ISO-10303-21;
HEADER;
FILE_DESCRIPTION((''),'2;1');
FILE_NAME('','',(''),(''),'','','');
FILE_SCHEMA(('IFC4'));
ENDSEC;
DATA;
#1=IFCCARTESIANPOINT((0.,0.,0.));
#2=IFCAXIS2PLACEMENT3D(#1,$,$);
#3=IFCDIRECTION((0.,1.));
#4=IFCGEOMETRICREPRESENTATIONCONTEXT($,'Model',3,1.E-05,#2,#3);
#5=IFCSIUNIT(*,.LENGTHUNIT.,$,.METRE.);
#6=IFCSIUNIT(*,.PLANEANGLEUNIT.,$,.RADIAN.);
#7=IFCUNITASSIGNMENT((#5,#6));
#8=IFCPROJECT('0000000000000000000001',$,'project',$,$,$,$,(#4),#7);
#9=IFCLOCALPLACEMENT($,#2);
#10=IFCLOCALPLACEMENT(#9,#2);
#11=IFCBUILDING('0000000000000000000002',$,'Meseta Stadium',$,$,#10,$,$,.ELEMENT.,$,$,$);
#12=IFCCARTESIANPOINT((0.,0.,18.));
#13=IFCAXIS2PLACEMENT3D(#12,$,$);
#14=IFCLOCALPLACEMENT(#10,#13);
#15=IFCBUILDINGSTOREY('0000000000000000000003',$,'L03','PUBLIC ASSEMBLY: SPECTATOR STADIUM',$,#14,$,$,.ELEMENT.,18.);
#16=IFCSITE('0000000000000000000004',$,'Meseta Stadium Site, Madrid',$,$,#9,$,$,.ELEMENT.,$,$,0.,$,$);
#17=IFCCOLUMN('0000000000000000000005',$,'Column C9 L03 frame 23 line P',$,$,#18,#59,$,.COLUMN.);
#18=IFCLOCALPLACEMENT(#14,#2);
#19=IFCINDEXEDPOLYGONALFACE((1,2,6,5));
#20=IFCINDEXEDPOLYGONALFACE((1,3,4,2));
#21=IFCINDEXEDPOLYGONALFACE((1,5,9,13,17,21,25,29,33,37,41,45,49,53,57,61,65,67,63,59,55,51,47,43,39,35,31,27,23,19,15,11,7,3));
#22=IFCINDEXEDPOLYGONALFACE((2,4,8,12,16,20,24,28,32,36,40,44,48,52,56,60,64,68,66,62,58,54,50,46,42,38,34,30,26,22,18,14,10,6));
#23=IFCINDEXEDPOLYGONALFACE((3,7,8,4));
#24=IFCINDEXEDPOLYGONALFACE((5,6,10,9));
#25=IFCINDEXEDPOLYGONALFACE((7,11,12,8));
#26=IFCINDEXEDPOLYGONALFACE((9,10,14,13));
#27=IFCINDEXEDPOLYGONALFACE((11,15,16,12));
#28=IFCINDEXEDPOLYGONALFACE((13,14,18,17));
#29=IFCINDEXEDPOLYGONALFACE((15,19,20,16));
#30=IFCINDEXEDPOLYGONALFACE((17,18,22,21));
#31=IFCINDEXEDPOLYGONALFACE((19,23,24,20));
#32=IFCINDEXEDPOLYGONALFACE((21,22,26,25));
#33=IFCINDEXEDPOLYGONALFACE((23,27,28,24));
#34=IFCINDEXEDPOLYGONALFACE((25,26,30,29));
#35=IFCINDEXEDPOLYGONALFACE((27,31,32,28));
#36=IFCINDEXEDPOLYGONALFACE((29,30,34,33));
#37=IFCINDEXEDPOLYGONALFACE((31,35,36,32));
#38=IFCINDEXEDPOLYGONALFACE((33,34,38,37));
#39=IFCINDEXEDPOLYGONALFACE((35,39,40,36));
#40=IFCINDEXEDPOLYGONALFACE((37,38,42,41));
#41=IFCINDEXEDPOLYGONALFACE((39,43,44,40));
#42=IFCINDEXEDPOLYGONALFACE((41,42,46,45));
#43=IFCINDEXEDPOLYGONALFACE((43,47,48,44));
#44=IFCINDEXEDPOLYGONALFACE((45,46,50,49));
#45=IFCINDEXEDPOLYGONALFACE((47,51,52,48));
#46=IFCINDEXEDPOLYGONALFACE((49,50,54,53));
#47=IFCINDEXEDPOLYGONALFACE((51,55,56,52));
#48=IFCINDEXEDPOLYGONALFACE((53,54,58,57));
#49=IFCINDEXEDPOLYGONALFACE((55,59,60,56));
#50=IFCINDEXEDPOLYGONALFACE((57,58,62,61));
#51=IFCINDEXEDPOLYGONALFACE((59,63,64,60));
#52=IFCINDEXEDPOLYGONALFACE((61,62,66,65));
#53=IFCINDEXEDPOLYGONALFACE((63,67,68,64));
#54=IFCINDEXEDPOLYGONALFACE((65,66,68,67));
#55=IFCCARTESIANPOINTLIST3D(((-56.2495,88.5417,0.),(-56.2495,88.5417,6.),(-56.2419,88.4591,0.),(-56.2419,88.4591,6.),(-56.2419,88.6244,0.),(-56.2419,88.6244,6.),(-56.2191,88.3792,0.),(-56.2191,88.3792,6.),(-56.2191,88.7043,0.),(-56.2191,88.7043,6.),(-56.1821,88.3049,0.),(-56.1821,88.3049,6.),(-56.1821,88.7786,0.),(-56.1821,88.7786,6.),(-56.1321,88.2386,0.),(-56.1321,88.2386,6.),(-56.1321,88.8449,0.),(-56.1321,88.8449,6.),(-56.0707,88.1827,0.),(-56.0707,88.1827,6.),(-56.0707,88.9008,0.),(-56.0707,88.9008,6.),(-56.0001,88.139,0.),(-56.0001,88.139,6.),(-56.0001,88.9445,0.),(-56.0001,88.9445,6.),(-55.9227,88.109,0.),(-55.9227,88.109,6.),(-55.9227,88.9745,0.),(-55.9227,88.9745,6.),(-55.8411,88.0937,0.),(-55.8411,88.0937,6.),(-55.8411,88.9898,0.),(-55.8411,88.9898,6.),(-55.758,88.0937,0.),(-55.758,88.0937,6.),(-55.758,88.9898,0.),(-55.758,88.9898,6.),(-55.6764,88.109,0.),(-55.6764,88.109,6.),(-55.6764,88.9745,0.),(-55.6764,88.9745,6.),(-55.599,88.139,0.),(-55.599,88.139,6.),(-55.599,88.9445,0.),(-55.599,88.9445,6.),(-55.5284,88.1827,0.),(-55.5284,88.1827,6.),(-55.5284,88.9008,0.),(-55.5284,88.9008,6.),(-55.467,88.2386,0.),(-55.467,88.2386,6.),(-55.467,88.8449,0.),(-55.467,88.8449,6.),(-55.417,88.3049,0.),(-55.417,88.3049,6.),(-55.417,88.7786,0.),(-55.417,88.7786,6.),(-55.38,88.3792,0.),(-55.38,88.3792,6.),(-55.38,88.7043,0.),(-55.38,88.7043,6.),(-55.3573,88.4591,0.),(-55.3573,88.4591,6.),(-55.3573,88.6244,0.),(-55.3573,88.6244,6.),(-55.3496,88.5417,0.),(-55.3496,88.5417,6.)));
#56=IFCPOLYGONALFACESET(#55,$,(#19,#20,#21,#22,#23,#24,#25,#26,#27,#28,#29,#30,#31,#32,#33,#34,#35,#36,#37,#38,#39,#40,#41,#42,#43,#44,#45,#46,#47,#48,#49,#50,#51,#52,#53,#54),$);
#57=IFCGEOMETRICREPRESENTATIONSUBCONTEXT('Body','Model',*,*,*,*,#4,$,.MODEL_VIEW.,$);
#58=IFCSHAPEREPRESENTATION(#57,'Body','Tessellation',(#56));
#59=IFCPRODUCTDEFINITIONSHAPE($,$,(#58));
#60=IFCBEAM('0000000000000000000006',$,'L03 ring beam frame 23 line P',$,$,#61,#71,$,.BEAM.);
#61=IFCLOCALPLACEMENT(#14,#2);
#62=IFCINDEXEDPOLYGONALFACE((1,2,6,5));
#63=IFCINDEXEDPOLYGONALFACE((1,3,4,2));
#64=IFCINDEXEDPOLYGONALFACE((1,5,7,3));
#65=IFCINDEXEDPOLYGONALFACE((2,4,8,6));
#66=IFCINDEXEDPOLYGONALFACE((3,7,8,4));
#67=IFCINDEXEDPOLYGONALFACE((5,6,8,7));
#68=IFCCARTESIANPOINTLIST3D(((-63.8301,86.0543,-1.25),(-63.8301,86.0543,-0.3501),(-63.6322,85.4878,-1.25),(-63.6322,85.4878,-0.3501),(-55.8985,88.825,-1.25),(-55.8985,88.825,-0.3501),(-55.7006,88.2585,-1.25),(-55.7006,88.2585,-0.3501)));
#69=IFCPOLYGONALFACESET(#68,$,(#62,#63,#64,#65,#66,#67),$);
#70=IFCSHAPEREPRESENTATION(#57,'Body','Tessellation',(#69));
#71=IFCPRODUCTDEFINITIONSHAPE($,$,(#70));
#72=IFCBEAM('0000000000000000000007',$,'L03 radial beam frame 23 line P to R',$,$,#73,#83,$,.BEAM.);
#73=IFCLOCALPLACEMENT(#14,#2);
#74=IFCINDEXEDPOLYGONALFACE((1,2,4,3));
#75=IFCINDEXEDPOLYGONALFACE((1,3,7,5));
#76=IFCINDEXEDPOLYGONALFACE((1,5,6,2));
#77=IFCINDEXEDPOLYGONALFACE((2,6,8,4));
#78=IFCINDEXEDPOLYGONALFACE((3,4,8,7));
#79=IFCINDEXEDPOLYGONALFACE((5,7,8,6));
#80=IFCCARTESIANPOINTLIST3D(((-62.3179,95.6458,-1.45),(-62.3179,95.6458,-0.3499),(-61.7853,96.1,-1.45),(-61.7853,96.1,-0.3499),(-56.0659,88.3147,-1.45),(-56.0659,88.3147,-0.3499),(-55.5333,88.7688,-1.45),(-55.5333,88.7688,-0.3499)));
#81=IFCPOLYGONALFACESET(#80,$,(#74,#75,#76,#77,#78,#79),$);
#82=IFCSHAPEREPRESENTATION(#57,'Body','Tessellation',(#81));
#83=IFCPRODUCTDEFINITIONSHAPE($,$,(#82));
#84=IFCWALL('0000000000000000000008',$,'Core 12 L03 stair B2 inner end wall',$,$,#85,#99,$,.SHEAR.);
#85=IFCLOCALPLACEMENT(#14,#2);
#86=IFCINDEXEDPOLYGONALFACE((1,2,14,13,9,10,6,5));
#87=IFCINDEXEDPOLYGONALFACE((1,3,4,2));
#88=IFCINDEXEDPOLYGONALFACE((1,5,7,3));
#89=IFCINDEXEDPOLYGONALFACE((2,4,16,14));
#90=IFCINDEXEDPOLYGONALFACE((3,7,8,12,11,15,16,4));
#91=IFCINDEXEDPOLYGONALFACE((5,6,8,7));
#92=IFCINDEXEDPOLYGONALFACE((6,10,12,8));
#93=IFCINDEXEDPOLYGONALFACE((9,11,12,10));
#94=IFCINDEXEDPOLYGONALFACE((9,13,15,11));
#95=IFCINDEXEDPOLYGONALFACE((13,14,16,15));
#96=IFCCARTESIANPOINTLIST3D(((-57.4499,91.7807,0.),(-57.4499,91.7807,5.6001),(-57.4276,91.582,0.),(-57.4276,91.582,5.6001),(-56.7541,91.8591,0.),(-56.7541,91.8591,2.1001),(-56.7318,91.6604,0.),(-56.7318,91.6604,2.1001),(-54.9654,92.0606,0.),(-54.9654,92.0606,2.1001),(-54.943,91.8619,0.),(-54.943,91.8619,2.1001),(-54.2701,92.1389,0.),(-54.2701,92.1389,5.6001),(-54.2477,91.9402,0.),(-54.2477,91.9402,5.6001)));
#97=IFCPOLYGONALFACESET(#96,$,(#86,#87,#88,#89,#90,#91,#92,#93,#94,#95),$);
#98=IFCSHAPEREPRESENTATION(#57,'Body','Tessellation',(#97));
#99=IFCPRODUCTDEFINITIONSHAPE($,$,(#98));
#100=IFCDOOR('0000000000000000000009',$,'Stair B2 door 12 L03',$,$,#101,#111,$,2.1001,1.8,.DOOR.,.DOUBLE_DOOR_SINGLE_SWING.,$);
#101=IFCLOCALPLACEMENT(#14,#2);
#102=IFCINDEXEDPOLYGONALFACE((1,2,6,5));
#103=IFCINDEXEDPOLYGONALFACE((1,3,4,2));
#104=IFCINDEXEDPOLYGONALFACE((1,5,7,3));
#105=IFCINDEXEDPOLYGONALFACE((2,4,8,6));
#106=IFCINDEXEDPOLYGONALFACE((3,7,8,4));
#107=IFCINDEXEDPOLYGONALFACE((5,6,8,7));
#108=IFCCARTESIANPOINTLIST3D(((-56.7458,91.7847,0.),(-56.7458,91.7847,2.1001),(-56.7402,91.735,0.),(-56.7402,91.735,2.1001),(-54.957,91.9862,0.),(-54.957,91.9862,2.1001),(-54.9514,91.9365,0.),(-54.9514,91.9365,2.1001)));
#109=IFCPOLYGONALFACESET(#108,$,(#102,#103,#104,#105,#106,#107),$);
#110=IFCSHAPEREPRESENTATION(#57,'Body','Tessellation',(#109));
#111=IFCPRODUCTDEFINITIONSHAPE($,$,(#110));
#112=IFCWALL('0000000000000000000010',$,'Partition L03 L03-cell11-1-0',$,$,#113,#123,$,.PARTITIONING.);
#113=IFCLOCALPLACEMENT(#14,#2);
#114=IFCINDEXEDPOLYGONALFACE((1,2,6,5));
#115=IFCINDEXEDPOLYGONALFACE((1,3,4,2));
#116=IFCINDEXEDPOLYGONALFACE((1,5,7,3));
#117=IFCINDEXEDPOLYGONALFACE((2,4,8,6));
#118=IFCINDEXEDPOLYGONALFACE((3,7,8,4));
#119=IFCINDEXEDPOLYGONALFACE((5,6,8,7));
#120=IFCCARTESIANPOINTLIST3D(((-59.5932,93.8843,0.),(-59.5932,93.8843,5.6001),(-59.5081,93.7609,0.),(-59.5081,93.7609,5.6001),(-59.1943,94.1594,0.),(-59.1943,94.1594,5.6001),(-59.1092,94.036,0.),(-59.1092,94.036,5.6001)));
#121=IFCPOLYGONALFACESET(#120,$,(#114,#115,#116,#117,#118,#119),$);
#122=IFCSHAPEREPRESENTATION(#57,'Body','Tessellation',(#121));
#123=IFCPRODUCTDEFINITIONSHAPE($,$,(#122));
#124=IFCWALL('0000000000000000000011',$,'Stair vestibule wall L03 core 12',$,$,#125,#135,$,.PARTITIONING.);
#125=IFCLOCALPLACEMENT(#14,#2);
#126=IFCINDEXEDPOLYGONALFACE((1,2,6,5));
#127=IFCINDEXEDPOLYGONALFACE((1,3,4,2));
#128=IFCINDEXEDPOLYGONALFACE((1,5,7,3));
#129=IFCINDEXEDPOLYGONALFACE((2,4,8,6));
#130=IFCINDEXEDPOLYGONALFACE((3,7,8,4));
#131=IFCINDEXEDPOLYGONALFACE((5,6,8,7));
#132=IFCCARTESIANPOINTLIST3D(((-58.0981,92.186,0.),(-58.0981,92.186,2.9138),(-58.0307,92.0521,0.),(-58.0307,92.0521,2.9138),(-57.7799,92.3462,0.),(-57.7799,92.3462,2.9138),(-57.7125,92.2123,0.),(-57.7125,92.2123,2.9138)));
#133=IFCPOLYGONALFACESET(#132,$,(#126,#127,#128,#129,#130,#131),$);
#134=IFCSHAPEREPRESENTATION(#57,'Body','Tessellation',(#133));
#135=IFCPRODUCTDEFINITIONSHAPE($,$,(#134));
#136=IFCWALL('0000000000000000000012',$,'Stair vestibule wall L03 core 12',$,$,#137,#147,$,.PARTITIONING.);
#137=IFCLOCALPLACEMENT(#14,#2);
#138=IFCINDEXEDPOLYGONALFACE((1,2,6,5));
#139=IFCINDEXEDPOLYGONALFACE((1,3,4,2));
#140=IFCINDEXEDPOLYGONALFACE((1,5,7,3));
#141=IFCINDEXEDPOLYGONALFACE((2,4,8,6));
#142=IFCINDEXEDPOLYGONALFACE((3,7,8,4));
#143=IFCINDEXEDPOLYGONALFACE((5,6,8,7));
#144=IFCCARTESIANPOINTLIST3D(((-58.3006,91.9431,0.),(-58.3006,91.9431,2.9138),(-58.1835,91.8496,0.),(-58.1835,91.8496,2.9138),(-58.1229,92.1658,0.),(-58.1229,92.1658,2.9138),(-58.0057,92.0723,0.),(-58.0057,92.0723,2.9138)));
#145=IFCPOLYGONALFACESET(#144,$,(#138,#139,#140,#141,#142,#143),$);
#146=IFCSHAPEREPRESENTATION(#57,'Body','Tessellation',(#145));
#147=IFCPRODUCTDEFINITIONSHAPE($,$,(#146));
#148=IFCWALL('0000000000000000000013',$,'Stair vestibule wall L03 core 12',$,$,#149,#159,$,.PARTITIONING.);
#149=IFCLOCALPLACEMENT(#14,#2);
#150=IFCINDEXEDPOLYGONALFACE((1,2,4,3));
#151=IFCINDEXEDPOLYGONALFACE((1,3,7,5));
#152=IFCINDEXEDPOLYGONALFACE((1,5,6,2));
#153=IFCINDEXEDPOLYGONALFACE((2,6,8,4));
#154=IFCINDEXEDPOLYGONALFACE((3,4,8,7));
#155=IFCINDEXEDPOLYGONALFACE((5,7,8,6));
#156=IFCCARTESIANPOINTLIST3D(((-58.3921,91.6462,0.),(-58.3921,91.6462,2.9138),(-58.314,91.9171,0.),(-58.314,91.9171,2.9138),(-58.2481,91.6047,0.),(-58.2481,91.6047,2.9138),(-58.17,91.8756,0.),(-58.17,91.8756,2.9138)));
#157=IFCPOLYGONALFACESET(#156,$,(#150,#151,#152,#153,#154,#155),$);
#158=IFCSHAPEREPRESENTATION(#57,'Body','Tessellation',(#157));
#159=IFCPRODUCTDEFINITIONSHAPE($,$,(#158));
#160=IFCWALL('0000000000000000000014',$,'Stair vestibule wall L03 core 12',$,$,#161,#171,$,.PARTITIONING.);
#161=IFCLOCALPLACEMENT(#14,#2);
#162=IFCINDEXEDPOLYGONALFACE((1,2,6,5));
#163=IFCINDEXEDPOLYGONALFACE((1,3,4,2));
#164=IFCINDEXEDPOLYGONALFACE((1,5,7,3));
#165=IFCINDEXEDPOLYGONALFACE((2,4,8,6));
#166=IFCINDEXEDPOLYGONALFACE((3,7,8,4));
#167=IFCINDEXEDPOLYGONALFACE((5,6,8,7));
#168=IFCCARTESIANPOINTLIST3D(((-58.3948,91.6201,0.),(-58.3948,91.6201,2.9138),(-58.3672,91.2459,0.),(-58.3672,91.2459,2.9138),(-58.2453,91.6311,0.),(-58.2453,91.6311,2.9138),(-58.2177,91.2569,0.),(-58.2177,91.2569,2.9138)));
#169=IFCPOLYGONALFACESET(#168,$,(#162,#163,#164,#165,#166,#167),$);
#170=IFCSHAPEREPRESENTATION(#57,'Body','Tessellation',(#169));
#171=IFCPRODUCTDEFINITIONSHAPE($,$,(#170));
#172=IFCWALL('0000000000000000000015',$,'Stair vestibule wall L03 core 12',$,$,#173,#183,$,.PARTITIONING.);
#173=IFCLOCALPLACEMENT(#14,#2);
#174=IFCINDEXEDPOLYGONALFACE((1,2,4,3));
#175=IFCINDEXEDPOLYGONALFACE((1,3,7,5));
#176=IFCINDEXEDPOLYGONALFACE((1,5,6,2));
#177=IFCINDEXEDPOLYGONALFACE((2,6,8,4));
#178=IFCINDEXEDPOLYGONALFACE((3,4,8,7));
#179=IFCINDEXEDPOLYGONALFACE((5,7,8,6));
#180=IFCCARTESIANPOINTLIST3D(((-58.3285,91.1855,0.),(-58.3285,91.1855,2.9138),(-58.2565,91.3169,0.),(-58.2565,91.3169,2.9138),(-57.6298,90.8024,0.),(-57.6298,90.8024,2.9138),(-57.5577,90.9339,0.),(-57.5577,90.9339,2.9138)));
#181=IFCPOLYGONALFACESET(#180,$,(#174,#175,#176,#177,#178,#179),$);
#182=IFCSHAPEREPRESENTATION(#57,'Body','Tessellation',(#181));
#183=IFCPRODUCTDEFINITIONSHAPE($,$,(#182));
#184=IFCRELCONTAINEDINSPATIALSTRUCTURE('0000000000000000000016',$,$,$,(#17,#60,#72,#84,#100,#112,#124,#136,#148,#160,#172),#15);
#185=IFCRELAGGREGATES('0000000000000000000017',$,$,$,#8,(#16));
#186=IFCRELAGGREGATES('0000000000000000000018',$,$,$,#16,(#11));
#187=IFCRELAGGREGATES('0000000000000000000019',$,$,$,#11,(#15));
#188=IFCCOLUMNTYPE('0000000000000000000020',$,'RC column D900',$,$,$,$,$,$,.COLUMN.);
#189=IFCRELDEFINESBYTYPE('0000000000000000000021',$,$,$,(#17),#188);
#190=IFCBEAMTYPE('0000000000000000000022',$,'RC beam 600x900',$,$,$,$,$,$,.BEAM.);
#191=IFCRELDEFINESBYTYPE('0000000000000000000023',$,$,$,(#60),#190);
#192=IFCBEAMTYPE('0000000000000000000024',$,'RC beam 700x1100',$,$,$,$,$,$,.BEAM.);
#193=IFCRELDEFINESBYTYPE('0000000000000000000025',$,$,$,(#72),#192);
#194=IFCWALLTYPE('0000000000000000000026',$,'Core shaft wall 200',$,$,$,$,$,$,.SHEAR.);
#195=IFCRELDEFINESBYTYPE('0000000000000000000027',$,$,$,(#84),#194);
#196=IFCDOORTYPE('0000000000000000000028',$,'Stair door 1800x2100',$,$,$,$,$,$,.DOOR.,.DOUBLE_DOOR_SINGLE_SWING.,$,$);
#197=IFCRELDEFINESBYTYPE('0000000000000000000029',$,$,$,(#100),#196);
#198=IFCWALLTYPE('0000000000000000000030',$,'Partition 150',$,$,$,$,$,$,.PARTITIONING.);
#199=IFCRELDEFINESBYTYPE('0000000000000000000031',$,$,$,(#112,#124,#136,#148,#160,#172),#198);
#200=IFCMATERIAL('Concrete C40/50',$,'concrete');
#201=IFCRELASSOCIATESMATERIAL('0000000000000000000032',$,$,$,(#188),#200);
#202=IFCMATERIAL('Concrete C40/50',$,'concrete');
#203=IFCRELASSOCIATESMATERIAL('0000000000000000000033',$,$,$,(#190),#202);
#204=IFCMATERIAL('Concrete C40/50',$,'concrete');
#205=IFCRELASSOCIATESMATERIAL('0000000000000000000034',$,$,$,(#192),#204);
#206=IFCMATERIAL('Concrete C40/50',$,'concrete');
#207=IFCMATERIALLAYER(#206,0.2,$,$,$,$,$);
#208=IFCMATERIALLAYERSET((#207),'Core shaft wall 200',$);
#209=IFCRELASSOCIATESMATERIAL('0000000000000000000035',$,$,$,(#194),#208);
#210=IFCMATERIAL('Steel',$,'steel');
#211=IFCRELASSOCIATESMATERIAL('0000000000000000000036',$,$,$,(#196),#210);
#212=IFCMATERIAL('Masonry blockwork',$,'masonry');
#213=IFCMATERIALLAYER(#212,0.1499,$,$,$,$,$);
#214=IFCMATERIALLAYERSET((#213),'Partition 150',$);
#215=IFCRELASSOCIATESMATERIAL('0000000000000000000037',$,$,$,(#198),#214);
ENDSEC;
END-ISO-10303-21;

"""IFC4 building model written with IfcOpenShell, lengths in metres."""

from ifc_helpers import new_model, si_unit, direction, frame, frame_2d, origin, origin_2d, place, context, subcontext, project, spatial, rectangle, circle, extrude, material, layer, layer_set, material_profile, profile_set, type_object, element, fill, save


model = new_model("IFC4")

# Units and contexts
model_context = context("Model", 3, precision=1e-05, world=origin(), true_north=direction((0.0, 1.0)))
body_context = subcontext(model_context, "Body", "Model", "MODEL_VIEW")
ifc_project = project(units=[si_unit("LENGTHUNIT", "METRE"), si_unit("PLANEANGLEUNIT", "RADIAN")], contexts=[model_context])

# Site, building, storey
site_placement = place(None, origin())
site = spatial("IfcSite", under=ifc_project, at=site_placement, Name="Meseta Stadium Site, Madrid", CompositionType="ELEMENT", RefElevation=0.0)
building_placement = place(site_placement, origin())
building = spatial("IfcBuilding", under=site, at=building_placement, Name="Meseta Stadium", CompositionType="ELEMENT")
storey_placement = place(building_placement, frame((0.0, 0.0, 18.0)))
storey = spatial("IfcBuildingStorey", under=building, at=storey_placement, Name="L03", Description="PUBLIC ASSEMBLY: SPECTATOR STADIUM", CompositionType="ELEMENT", Elevation=18.0)

# Column
ifc_material_1 = material(Name="Concrete C40/50", Category="concrete")
ifc_material_profile_1 = material_profile(ifc_material_1, circle(Radius=0.45, at=origin_2d()), Name="RC D900")
ifc_profile_set_1 = profile_set([ifc_material_profile_1], Name="Concrete C40/50")
column_type = type_object("IfcColumnType", Name="RC column D900", PredefinedType="COLUMN", material=ifc_profile_set_1)
column_placement = place(storey_placement, frame((-55.7996, 88.5417, 0.0), z_axis=(0.0, 0.0, 1.0), x_axis=(1.0, 0.0, 0.0)))
element("IfcColumn", 1, at=column_placement, inside=storey, type_object=column_type, Name="Column C9 L03 frame 23 line P", PredefinedType="COLUMN", context=body_context, shape_type="SweptSolid", body=[
    extrude(circle(Radius=0.45, at=origin_2d()), origin(), (0.0, 0.0, 1.0), 6.0),
])

# Beams
ifc_material_2 = material(Name="Concrete C40/50", Category="concrete")
ifc_material_profile_2 = material_profile(ifc_material_2, rectangle(XDim=0.6001, YDim=0.8999, at=origin_2d()), Name="RC 600x900")
ifc_profile_set_2 = profile_set([ifc_material_profile_2], Name="Concrete C40/50")
beam_type_1 = type_object("IfcBeamType", Name="RC beam 600x900", PredefinedType="BEAM", material=ifc_profile_set_2)
beam_1_placement = place(storey_placement, frame((-55.7996, 88.5417, -0.8), z_axis=(-0.944056, -0.329786, 0.0), x_axis=(0.329786, -0.944056, 0.0)))
element("IfcBeam", 2, at=beam_1_placement, inside=storey, type_object=beam_type_1, Name="L03 ring beam frame 23 line P", PredefinedType="BEAM", context=body_context, shape_type="SweptSolid", body=[
    extrude(rectangle(XDim=0.6001, YDim=0.8999, at=origin_2d()), origin(), (0.0, 0.0, 1.0), 8.4016),
])
ifc_material_3 = material(Name="Concrete C40/50", Category="concrete")
ifc_material_profile_3 = material_profile(ifc_material_3, rectangle(XDim=0.7, YDim=1.1001, at=origin_2d()), Name="RC 700x1100")
ifc_profile_set_3 = profile_set([ifc_material_profile_3], Name="Concrete C40/50")
beam_type_2 = type_object("IfcBeamType", Name="RC beam 700x1100", PredefinedType="BEAM", material=ifc_profile_set_3)
beam_2_placement = place(storey_placement, frame((-55.7996, 88.5417, -0.8999), z_axis=(-0.648886, 0.760885, 0.0), x_axis=(-0.760885, -0.648886, 0.0)))
element("IfcBeam", 3, at=beam_2_placement, inside=storey, type_object=beam_type_2, Name="L03 radial beam frame 23 line P to R", PredefinedType="BEAM", context=body_context, shape_type="SweptSolid", body=[
    extrude(rectangle(XDim=0.7, YDim=1.1001, at=origin_2d()), origin(), (0.0, 0.0, 1.0), 9.635),
])

# Wall, opening, door
ifc_material_4 = material(Name="Concrete C40/50", Category="concrete")
ifc_layer_1 = layer(ifc_material_4, 0.2)
ifc_layer_set_1 = layer_set([ifc_layer_1], Name="Core shaft wall 200")
wall_type_1 = type_object("IfcWallType", Name="Core shaft wall 200", PredefinedType="SHEAR", material=ifc_layer_set_1)
wall_1_placement = place(storey_placement, frame((-54.2588, 92.0396, 0.0), z_axis=(0.0, 0.0, 1.0), x_axis=(-0.993717, -0.111922, 0.0)))
wall_1 = element("IfcWall", 4, at=wall_1_placement, inside=storey, type_object=wall_type_1, Name="Core 12 L03 stair B2 inner end wall", PredefinedType="SHEAR", context=body_context, shape_type="SweptSolid", body=[
    extrude(rectangle(XDim=3.2, YDim=0.2, at=frame_2d((1.6001, 0.0))), origin(), (0.0, 0.0, 1.0), 5.6001),
])
opening_1_placement = place(wall_1_placement, frame((0.7, 0.0, 0.0)))
opening_1 = element("IfcOpeningElement", 5, at=opening_1_placement, cuts=wall_1, PredefinedType="OPENING", context=body_context, shape_type="SweptSolid", body=[
    extrude(rectangle(XDim=1.8, YDim=2.1001, at=frame_2d((0.8999, 1.05))), frame((0.0, 0.1099, 0.0), z_axis=(0.0, -1.0, 0.0), x_axis=(1.0, 0.0, 0.0)), (0.0, 0.0, 1.0), 0.22),
])
ifc_material_5 = material(Name="Steel", Category="steel")
door_type_1 = type_object("IfcDoorType", Name="Stair door 1800x2100", OperationType="DOUBLE_DOOR_SINGLE_SWING", PredefinedType="DOOR", material=ifc_material_5)
door_1_placement = place(opening_1_placement, origin())
door_1 = element("IfcDoor", 6, at=door_1_placement, inside=storey, type_object=door_type_1, Name="Stair B2 door 12 L03", OperationType="DOUBLE_DOOR_SINGLE_SWING", OverallHeight=2.1001, OverallWidth=1.8, PredefinedType="DOOR", context=body_context, shape_type="SweptSolid", body=[
    extrude(rectangle(XDim=1.8, YDim=2.1001, at=frame_2d((0.8999, 1.05))), frame((0.0, 0.0249, 0.0), z_axis=(0.0, -1.0, 0.0), x_axis=(1.0, 0.0, 0.0)), (0.0, 0.0, 1.0), 0.05),
])
fill(opening_1, door_1)

# Walls
ifc_material_6 = material(Name="Masonry blockwork", Category="masonry")
ifc_layer_2 = layer(ifc_material_6, 0.1499)
ifc_layer_set_2 = layer_set([ifc_layer_2], Name="Partition 150")
wall_type_2 = type_object("IfcWallType", Name="Partition 150", PredefinedType="PARTITIONING", material=ifc_layer_set_2)
wall_2_placement = place(storey_placement, frame((-59.1519, 94.0977, 0.0), z_axis=(0.0, 0.0, 1.0), x_axis=(-0.823188, -0.567768, 0.0)))
element("IfcWall", 7, at=wall_2_placement, inside=storey, type_object=wall_type_2, Name="Partition L03 L03-cell11-1-0", PredefinedType="PARTITIONING", context=body_context, shape_type="SweptSolid", body=[
    extrude(rectangle(XDim=0.4846, YDim=0.1499, at=frame_2d((0.2422, 0.0))), origin(), (0.0, 0.0, 1.0), 5.6001),
])
wall_3_placement = place(storey_placement, frame((-57.7461, 92.2793, 0.0), z_axis=(0.0, 0.0, 1.0), x_axis=(-0.89319, -0.44968, 0.0)))
element("IfcWall", 8, at=wall_3_placement, inside=storey, type_object=wall_type_2, Name="Stair vestibule wall L03 core 12", PredefinedType="PARTITIONING", context=body_context, shape_type="SweptSolid", body=[
    extrude(rectangle(XDim=0.3562, YDim=0.1499, at=frame_2d((0.1782, 0.0))), origin(), (0.0, 0.0, 1.0), 2.9138),
])
wall_4_placement = place(storey_placement, frame((-58.0642, 92.1191, 0.0), z_axis=(0.0, 0.0, 1.0), x_axis=(-0.623859, -0.781537, 0.0)))
element("IfcWall", 9, at=wall_4_placement, inside=storey, type_object=wall_type_2, Name="Stair vestibule wall L03 core 12", PredefinedType="PARTITIONING", context=body_context, shape_type="SweptSolid", body=[
    extrude(rectangle(XDim=0.2849, YDim=0.1499, at=frame_2d((0.1426, 0.0))), origin(), (0.0, 0.0, 1.0), 2.9138),
])
wall_5_placement = place(storey_placement, frame((-58.2419, 91.8965, 0.0), z_axis=(0.0, 0.0, 1.0), x_axis=(-0.277007, -0.960868, 0.0)))
element("IfcWall", 10, at=wall_5_placement, inside=storey, type_object=wall_type_2, Name="Stair vestibule wall L03 core 12", PredefinedType="PARTITIONING", context=body_context, shape_type="SweptSolid", body=[
    extrude(rectangle(XDim=0.282, YDim=0.1499, at=frame_2d((0.1411, 0.0))), origin(), (0.0, 0.0, 1.0), 2.9138),
])
wall_6_placement = place(storey_placement, frame((-58.3201, 91.6255, 0.0), z_axis=(0.0, 0.0, 1.0), x_axis=(0.073512, -0.997294, 0.0)))
element("IfcWall", 11, at=wall_6_placement, inside=storey, type_object=wall_type_2, Name="Stair vestibule wall L03 core 12", PredefinedType="PARTITIONING", context=body_context, shape_type="SweptSolid", body=[
    extrude(rectangle(XDim=0.3752, YDim=0.1499, at=frame_2d((0.1875, 0.0))), origin(), (0.0, 0.0, 1.0), 2.9138),
])
wall_7_placement = place(storey_placement, frame((-58.2925, 91.2512, 0.0), z_axis=(0.0, 0.0, 1.0), x_axis=(0.876875, -0.480719, 0.0)))
element("IfcWall", 12, at=wall_7_placement, inside=storey, type_object=wall_type_2, Name="Stair vestibule wall L03 core 12", PredefinedType="PARTITIONING", context=body_context, shape_type="SweptSolid", body=[
    extrude(rectangle(XDim=0.7969, YDim=0.1499, at=frame_2d((0.3984, 0.0))), origin(), (0.0, 0.0, 1.0), 2.9138),
])

save(model, "model.ifc")
